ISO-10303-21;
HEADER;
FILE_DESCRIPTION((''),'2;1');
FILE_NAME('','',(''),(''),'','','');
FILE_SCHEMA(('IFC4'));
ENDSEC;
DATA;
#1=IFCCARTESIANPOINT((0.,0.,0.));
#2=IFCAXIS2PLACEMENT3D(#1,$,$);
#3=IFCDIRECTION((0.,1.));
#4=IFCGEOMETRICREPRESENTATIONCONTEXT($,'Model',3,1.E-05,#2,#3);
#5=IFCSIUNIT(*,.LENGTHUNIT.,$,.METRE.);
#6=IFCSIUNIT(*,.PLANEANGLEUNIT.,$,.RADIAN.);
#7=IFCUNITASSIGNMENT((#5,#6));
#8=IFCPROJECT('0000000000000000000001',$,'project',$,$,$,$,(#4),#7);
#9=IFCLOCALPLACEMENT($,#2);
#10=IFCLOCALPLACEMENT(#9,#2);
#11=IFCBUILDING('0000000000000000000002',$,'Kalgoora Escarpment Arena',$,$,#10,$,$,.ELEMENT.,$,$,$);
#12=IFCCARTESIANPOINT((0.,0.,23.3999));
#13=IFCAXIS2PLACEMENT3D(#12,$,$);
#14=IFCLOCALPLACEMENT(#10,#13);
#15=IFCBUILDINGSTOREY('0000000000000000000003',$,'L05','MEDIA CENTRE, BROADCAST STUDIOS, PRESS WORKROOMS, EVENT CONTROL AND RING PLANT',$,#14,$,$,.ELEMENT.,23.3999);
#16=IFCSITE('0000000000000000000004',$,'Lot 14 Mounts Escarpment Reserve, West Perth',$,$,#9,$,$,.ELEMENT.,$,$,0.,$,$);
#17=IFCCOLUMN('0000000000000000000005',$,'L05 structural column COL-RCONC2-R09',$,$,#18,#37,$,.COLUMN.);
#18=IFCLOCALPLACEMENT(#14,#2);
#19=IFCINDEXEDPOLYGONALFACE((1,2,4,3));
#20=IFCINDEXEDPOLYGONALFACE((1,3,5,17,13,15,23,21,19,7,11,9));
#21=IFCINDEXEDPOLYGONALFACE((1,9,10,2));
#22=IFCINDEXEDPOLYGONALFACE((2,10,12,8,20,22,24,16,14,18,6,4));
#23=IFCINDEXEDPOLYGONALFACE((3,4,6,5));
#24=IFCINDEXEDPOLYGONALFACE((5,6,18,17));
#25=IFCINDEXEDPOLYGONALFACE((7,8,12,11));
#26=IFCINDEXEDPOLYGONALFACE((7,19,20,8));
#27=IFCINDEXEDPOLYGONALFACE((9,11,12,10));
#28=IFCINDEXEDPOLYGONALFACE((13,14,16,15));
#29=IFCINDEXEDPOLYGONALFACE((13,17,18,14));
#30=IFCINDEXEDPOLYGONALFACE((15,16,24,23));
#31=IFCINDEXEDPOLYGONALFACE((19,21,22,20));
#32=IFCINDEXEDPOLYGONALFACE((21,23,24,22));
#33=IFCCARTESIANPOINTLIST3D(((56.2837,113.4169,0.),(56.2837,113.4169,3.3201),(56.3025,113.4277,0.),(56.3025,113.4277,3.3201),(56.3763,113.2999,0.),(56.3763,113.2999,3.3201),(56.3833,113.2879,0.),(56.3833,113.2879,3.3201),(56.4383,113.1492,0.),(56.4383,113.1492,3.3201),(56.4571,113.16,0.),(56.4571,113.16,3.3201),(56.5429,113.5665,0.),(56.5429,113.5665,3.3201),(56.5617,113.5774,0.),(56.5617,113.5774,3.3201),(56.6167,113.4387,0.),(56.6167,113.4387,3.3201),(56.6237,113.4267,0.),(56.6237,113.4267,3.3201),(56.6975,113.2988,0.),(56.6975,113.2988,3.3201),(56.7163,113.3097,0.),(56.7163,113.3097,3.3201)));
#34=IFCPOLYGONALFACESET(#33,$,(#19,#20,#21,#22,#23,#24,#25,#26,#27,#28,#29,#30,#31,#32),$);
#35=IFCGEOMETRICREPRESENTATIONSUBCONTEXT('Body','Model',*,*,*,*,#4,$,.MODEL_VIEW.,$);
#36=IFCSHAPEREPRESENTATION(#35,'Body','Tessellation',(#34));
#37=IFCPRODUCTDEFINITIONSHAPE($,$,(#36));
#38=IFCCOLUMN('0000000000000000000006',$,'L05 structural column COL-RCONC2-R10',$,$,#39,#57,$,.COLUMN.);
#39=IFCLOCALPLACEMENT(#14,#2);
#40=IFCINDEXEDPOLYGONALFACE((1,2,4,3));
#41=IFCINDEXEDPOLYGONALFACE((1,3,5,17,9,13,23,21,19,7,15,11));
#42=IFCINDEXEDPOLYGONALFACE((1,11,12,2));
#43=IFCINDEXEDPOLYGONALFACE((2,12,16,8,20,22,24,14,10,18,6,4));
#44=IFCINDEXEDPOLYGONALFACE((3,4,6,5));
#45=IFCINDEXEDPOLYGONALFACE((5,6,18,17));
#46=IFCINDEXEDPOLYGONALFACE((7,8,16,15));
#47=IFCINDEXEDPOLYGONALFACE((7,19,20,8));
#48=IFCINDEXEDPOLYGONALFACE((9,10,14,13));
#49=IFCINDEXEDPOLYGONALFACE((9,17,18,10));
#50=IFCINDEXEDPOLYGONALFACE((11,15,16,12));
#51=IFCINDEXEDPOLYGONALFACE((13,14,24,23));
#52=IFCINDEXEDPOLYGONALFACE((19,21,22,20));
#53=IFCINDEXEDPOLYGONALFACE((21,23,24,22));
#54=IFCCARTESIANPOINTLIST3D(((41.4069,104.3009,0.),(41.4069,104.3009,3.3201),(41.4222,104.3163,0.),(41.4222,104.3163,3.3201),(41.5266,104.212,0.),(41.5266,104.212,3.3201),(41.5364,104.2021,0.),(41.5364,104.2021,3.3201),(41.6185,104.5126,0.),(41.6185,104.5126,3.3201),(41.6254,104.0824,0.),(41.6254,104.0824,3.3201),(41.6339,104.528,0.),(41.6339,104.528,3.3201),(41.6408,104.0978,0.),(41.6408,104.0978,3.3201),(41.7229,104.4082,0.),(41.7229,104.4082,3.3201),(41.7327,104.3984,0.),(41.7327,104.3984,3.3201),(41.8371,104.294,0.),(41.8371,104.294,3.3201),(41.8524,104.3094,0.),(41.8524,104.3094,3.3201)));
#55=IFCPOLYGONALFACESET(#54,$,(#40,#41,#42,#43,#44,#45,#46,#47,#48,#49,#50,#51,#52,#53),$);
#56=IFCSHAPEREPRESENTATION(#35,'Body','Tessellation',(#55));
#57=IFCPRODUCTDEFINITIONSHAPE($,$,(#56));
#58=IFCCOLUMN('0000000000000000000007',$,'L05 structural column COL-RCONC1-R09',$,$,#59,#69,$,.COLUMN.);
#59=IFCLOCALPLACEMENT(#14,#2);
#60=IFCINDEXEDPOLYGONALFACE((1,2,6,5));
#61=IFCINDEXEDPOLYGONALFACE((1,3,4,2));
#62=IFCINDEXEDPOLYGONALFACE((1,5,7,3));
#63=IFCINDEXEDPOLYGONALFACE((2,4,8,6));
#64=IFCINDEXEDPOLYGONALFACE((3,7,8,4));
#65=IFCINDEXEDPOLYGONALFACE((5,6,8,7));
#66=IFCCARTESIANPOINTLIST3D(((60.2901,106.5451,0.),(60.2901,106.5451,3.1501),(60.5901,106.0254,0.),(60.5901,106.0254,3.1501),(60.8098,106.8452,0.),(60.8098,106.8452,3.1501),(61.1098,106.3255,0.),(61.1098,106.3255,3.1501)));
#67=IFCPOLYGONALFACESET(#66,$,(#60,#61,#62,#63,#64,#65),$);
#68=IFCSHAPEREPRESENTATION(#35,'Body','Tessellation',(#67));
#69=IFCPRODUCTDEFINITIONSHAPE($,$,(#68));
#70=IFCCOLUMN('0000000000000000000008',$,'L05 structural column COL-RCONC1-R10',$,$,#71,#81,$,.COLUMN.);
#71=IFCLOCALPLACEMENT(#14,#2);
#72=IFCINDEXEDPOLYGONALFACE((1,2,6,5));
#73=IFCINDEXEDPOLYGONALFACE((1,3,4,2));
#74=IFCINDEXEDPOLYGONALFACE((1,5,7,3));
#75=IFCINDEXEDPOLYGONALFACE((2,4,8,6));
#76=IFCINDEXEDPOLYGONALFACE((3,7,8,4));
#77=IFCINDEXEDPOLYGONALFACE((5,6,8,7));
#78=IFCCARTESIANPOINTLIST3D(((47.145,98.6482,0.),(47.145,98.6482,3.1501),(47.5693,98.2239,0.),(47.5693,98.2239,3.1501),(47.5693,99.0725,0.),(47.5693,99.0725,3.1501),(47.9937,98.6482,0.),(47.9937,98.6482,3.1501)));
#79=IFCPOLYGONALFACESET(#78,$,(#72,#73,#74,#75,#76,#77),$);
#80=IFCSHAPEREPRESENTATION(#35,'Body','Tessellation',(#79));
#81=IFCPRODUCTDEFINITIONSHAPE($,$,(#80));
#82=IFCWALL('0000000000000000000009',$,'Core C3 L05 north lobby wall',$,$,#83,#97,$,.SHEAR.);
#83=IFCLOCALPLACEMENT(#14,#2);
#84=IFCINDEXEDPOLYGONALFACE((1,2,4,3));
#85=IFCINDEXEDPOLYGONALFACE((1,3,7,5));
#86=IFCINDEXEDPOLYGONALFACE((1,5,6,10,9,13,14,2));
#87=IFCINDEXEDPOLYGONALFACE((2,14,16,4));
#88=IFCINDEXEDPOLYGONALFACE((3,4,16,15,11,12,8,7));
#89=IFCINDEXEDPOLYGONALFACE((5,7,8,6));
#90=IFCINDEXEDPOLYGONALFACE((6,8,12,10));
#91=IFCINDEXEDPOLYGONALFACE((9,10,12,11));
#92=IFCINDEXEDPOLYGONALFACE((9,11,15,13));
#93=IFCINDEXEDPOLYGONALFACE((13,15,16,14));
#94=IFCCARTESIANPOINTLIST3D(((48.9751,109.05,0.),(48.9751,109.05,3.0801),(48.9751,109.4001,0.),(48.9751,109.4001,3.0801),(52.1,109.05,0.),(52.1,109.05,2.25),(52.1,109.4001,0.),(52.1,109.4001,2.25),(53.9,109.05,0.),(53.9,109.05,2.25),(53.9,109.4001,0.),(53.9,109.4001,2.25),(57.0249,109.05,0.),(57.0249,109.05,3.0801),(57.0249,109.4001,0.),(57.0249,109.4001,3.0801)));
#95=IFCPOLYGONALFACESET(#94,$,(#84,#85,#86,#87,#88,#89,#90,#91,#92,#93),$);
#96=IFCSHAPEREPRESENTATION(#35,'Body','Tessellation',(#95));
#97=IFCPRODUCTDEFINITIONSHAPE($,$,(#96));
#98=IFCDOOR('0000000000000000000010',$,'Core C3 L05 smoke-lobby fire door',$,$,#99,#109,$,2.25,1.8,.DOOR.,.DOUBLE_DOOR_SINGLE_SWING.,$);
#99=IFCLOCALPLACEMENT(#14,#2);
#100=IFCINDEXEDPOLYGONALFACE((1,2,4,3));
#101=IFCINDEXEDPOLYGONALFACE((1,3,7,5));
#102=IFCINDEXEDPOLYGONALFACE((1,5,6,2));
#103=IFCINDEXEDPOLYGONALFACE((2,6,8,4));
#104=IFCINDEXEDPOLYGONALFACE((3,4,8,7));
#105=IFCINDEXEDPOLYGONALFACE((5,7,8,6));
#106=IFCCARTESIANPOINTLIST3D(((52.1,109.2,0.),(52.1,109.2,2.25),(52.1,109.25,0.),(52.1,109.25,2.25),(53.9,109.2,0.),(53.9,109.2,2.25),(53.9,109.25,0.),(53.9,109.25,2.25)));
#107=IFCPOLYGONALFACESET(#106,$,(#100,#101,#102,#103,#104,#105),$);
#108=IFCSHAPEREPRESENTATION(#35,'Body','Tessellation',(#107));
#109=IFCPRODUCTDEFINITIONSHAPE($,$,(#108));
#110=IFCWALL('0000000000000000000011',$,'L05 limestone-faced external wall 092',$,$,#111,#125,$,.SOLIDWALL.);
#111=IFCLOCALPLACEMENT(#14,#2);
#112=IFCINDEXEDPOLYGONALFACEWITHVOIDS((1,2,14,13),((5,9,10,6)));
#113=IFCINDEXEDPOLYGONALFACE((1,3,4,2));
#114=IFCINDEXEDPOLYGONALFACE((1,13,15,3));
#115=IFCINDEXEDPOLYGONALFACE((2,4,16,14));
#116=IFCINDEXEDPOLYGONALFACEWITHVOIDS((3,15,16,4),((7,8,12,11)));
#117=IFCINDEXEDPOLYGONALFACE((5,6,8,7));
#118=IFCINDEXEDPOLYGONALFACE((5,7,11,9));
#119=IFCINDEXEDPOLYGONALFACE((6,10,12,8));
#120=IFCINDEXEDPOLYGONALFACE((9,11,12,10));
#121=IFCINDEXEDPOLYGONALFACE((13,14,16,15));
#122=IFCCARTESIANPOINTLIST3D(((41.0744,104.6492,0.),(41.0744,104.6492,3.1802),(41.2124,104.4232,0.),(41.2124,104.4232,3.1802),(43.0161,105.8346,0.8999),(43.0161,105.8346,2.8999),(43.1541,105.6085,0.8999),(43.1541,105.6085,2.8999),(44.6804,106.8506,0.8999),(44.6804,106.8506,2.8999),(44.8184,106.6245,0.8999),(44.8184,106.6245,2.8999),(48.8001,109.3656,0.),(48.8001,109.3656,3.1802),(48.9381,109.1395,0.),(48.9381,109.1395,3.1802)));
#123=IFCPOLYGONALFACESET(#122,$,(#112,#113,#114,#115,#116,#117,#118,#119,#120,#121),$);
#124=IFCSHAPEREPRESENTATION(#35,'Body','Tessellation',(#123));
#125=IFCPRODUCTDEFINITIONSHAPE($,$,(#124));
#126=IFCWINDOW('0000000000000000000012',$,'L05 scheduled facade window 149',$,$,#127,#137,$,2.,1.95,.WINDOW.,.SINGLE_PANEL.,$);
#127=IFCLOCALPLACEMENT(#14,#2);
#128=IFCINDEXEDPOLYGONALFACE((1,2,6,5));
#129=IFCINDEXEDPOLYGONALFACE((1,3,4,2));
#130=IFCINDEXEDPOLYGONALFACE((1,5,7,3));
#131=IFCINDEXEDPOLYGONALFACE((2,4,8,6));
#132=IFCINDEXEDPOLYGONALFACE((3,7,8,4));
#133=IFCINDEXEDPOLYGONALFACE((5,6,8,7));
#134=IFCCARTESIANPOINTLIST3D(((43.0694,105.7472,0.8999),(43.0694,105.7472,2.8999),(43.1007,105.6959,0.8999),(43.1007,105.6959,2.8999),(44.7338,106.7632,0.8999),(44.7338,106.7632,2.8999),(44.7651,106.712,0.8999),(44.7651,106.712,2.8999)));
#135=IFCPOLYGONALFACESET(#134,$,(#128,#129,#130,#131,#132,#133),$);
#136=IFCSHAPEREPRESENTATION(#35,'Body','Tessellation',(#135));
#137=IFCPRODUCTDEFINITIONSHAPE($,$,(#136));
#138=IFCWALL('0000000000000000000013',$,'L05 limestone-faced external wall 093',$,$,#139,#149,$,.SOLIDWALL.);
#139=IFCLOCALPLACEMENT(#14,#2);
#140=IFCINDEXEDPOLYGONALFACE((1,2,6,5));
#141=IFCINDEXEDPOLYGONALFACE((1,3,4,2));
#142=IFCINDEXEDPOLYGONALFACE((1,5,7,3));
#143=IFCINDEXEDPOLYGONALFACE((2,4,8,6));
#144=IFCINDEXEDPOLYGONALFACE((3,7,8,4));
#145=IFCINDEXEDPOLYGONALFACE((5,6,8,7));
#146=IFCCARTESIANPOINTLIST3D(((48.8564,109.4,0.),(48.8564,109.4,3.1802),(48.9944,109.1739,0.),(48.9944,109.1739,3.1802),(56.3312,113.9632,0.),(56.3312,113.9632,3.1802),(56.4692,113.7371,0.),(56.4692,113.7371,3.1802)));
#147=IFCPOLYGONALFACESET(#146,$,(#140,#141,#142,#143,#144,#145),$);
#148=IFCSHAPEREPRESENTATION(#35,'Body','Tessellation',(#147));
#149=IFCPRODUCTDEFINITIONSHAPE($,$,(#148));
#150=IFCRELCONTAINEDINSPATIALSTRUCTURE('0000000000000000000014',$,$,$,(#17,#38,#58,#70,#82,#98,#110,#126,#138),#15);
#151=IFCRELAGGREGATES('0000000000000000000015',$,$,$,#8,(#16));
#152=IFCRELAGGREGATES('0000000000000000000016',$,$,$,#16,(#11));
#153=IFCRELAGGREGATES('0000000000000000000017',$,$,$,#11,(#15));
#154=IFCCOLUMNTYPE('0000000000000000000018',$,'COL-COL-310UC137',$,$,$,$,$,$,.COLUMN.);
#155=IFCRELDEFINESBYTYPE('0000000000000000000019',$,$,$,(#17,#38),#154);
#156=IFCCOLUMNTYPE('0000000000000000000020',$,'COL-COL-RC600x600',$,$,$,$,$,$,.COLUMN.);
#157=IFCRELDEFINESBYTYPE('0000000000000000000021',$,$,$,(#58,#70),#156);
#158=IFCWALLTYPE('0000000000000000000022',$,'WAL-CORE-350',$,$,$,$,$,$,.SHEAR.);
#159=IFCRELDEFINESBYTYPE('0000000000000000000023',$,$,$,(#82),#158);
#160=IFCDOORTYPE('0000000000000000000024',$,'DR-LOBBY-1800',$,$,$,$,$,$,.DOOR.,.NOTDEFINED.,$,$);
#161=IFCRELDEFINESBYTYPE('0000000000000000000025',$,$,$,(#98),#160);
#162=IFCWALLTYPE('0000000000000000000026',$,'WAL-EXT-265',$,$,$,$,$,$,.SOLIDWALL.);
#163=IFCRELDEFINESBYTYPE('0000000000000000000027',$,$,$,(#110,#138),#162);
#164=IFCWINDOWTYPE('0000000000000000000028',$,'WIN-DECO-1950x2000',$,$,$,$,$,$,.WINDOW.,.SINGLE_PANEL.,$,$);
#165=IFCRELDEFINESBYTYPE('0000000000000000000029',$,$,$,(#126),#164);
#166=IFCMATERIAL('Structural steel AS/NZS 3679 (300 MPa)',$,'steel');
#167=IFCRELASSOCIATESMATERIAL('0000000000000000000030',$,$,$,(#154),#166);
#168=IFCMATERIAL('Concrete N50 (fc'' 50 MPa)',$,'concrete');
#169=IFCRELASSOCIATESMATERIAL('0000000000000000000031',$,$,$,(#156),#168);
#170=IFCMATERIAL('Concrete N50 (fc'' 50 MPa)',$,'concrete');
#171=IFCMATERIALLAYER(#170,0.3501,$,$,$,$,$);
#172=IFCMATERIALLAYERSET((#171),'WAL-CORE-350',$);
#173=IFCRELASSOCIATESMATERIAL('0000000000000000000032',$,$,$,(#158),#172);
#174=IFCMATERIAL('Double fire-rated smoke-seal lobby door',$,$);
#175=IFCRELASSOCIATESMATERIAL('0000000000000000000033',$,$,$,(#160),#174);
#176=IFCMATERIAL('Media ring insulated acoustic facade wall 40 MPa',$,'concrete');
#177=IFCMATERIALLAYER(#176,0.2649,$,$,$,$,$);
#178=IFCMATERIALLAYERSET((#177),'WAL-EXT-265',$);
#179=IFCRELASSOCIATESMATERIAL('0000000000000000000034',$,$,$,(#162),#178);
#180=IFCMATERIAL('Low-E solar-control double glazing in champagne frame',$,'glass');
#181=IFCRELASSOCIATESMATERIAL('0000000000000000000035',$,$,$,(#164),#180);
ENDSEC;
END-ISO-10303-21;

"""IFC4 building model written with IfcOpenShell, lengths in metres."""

from ifc_helpers import new_model, si_unit, direction, frame, frame_2d, origin, origin_2d, place, context, subcontext, project, spatial, rectangle, i_section, extrude, material, layer, layer_set, material_profile, profile_set, type_object, element, fill, save


model = new_model("IFC4")

# Units and contexts
model_context = context("Model", 3, precision=1e-05, world=origin(), true_north=direction((0.0, 1.0)))
body_context = subcontext(model_context, "Body", "Model", "MODEL_VIEW")
ifc_project = project(units=[si_unit("LENGTHUNIT", "METRE"), si_unit("PLANEANGLEUNIT", "RADIAN")], contexts=[model_context])

# Site, building, storey
site_placement = place(None, origin())
site = spatial("IfcSite", under=ifc_project, at=site_placement, Name="Lot 14 Mounts Escarpment Reserve, West Perth", CompositionType="ELEMENT", RefElevation=0.0)
building_placement = place(site_placement, origin())
building = spatial("IfcBuilding", under=site, at=building_placement, Name="Kalgoora Escarpment Arena", CompositionType="ELEMENT")
storey_placement = place(building_placement, frame((0.0, 0.0, 23.3999)))
storey = spatial("IfcBuildingStorey", under=building, at=storey_placement, Name="L05", Description="MEDIA CENTRE, BROADCAST STUDIOS, PRESS WORKROOMS, EVENT CONTROL AND RING PLANT", CompositionType="ELEMENT", Elevation=23.3999)

# Columns
ifc_material_1 = material(Name="Structural steel AS/NZS 3679 (300 MPa)", Category="steel")
ifc_material_profile_1 = material_profile(ifc_material_1, i_section(OverallWidth=0.3091, OverallDepth=0.321, WebThickness=0.0139, FlangeThickness=0.0217, at=origin_2d()))
ifc_profile_set_1 = profile_set([ifc_material_profile_1], Name="Structural steel AS/NZS 3679 (300 MPa)")
column_type_1 = type_object("IfcColumnType", Name="COL-COL-310UC137", PredefinedType="COLUMN", material=ifc_profile_set_1)
for number, where, z_axis, x_axis, name in (
    (1, (56.5, 113.3633, 0.0), (0.0, 0.0, 1.0), (-0.5, 0.866025, 0.0), "L05 structural column COL-RCONC2-R09"),
    (2, (41.6296, 104.3052, 0.0), (0.0, 0.0, 1.0), (-0.707107, 0.707107, 0.0), "L05 structural column COL-RCONC2-R10"),
):
    element("IfcColumn", number, at=place(storey_placement, frame(where, z_axis=z_axis, x_axis=x_axis)), inside=storey, type_object=column_type_1, Name=name, PredefinedType="COLUMN", context=body_context, shape_type="SweptSolid", body=[
        extrude(i_section(OverallWidth=0.3091, OverallDepth=0.321, WebThickness=0.0139, FlangeThickness=0.0217, at=origin_2d()), origin(), (0.0, 0.0, 1.0), 3.3201),
    ])
ifc_material_2 = material(Name="Concrete N50 (fc' 50 MPa)", Category="concrete")
ifc_material_profile_2 = material_profile(ifc_material_2, rectangle(XDim=0.6001, YDim=0.6001, at=origin_2d()))
ifc_profile_set_2 = profile_set([ifc_material_profile_2], Name="Concrete N50 (fc' 50 MPa)")
column_type_2 = type_object("IfcColumnType", Name="COL-COL-RC600x600", PredefinedType="COLUMN", material=ifc_profile_set_2)
for number, where, z_axis, x_axis, name in (
    (3, (60.7, 106.4353, 0.0), (0.0, 0.0, 1.0), (-0.5, 0.866025, 0.0), "L05 structural column COL-RCONC1-R09"),
    (4, (47.5693, 98.6482, 0.0), (0.0, 0.0, 1.0), (-0.707107, 0.707107, 0.0), "L05 structural column COL-RCONC1-R10"),
):
    element("IfcColumn", number, at=place(storey_placement, frame(where, z_axis=z_axis, x_axis=x_axis)), inside=storey, type_object=column_type_2, Name=name, PredefinedType="COLUMN", context=body_context, shape_type="SweptSolid", body=[
        extrude(rectangle(XDim=0.6001, YDim=0.6001, at=origin_2d()), origin(), (0.0, 0.0, 1.0), 3.1501),
    ])

# Wall, opening, door
ifc_material_3 = material(Name="Concrete N50 (fc' 50 MPa)", Category="concrete")
ifc_layer_1 = layer(ifc_material_3, 0.3501)
ifc_layer_set_1 = layer_set([ifc_layer_1], Name="WAL-CORE-350")
wall_type_1 = type_object("IfcWallType", Name="WAL-CORE-350", PredefinedType="SHEAR", material=ifc_layer_set_1)
wall_1_placement = place(storey_placement, frame((48.9751, 109.2251, 0.0), z_axis=(0.0, 0.0, 1.0), x_axis=(1.0, 0.0, 0.0)))
wall_1 = element("IfcWall", 5, at=wall_1_placement, inside=storey, type_object=wall_type_1, Name="Core C3 L05 north lobby wall", PredefinedType="SHEAR", context=body_context, shape_type="SweptSolid", body=[
    extrude(rectangle(XDim=8.0498, YDim=0.3501, at=frame_2d((4.0249, 0.0))), origin(), (0.0, 0.0, 1.0), 3.0801),
])
opening_1_placement = place(wall_1_placement, frame((3.125, 0.0, 0.0)))
opening_1 = element("IfcOpeningElement", 6, at=opening_1_placement, cuts=wall_1, PredefinedType="OPENING", context=body_context, shape_type="SweptSolid", body=[
    extrude(rectangle(XDim=1.8, YDim=2.25, at=frame_2d((0.8999, 1.125))), frame((0.0, 0.1851, 0.0), z_axis=(0.0, -1.0, 0.0), x_axis=(1.0, 0.0, 0.0)), (0.0, 0.0, 1.0), 0.3701),
])
ifc_material_4 = material(Name="Double fire-rated smoke-seal lobby door")
door_type_1 = type_object("IfcDoorType", Name="DR-LOBBY-1800", OperationType="NOTDEFINED", PredefinedType="DOOR", material=ifc_material_4)
door_1_placement = place(opening_1_placement, origin())
door_1 = element("IfcDoor", 7, at=door_1_placement, inside=storey, type_object=door_type_1, Name="Core C3 L05 smoke-lobby fire door", OperationType="DOUBLE_DOOR_SINGLE_SWING", OverallHeight=2.25, OverallWidth=1.8, PredefinedType="DOOR", context=body_context, shape_type="SweptSolid", body=[
    extrude(rectangle(XDim=1.8, YDim=2.25, at=frame_2d((0.8999, 1.125))), frame((0.0, 0.0249, 0.0), z_axis=(0.0, -1.0, 0.0), x_axis=(1.0, 0.0, 0.0)), (0.0, 0.0, 1.0), 0.05),
])
fill(opening_1, door_1)

# Wall, opening, window
ifc_material_5 = material(Name="Media ring insulated acoustic facade wall 40 MPa", Category="concrete")
ifc_layer_2 = layer(ifc_material_5, 0.2649)
ifc_layer_set_2 = layer_set([ifc_layer_2], Name="WAL-EXT-265")
wall_type_2 = type_object("IfcWallType", Name="WAL-EXT-265", PredefinedType="SOLIDWALL", material=ifc_layer_set_2)
wall_2_placement = place(storey_placement, frame((41.1433, 104.5361, 0.0), z_axis=(0.0, 0.0, 1.0), x_axis=(0.853522, 0.521057, 0.0)))
wall_2 = element("IfcWall", 8, at=wall_2_placement, inside=storey, type_object=wall_type_2, Name="L05 limestone-faced external wall 092", PredefinedType="SOLIDWALL", context=body_context, shape_type="SweptSolid", body=[
    extrude(rectangle(XDim=9.0515, YDim=0.2649, at=frame_2d((4.5259, 0.0))), origin(), (0.0, 0.0, 1.0), 3.1802),
])
opening_2_placement = place(wall_2_placement, frame((2.2749, 0.0, 0.8999)))
opening_2 = element("IfcOpeningElement", 9, at=opening_2_placement, cuts=wall_2, PredefinedType="OPENING", context=body_context, shape_type="SweptSolid", body=[
    extrude(rectangle(XDim=1.95, YDim=2.0, at=frame_2d((0.9751, 1.0))), frame((0.0, 0.1423, 0.0), z_axis=(0.0, -1.0, 0.0), x_axis=(1.0, 0.0, 0.0)), (0.0, 0.0, 1.0), 0.2849),
])
ifc_material_6 = material(Name="Low-E solar-control double glazing in champagne frame", Category="glass")
window_type_1 = type_object("IfcWindowType", Name="WIN-DECO-1950x2000", PartitioningType="SINGLE_PANEL", PredefinedType="WINDOW", material=ifc_material_6)
window_1_placement = place(opening_2_placement, origin())
window_1 = element("IfcWindow", 10, at=window_1_placement, inside=storey, type_object=window_type_1, Name="L05 scheduled facade window 149", OverallHeight=2.0, OverallWidth=1.95, PartitioningType="SINGLE_PANEL", PredefinedType="WINDOW", context=body_context, shape_type="SweptSolid", body=[
    extrude(rectangle(XDim=1.95, YDim=2.0, at=frame_2d((0.9751, 1.0))), frame((0.0, 0.03, 0.0), z_axis=(0.0, -1.0, 0.0), x_axis=(1.0, 0.0, 0.0)), (0.0, 0.0, 1.0), 0.0601),
])
fill(opening_2, window_1)

# Wall
wall_3_placement = place(storey_placement, frame((48.9253, 109.2869, 0.0), z_axis=(0.0, 0.0, 1.0), x_axis=(0.853522, 0.521056, 0.0)))
element("IfcWall", 11, at=wall_3_placement, inside=storey, type_object=wall_type_2, Name="L05 limestone-faced external wall 093", PredefinedType="SOLIDWALL", context=body_context, shape_type="SweptSolid", body=[
    extrude(rectangle(XDim=8.7576, YDim=0.2649, at=frame_2d((4.3789, 0.0))), origin(), (0.0, 0.0, 1.0), 3.1802),
])

save(model, "model.ifc")
